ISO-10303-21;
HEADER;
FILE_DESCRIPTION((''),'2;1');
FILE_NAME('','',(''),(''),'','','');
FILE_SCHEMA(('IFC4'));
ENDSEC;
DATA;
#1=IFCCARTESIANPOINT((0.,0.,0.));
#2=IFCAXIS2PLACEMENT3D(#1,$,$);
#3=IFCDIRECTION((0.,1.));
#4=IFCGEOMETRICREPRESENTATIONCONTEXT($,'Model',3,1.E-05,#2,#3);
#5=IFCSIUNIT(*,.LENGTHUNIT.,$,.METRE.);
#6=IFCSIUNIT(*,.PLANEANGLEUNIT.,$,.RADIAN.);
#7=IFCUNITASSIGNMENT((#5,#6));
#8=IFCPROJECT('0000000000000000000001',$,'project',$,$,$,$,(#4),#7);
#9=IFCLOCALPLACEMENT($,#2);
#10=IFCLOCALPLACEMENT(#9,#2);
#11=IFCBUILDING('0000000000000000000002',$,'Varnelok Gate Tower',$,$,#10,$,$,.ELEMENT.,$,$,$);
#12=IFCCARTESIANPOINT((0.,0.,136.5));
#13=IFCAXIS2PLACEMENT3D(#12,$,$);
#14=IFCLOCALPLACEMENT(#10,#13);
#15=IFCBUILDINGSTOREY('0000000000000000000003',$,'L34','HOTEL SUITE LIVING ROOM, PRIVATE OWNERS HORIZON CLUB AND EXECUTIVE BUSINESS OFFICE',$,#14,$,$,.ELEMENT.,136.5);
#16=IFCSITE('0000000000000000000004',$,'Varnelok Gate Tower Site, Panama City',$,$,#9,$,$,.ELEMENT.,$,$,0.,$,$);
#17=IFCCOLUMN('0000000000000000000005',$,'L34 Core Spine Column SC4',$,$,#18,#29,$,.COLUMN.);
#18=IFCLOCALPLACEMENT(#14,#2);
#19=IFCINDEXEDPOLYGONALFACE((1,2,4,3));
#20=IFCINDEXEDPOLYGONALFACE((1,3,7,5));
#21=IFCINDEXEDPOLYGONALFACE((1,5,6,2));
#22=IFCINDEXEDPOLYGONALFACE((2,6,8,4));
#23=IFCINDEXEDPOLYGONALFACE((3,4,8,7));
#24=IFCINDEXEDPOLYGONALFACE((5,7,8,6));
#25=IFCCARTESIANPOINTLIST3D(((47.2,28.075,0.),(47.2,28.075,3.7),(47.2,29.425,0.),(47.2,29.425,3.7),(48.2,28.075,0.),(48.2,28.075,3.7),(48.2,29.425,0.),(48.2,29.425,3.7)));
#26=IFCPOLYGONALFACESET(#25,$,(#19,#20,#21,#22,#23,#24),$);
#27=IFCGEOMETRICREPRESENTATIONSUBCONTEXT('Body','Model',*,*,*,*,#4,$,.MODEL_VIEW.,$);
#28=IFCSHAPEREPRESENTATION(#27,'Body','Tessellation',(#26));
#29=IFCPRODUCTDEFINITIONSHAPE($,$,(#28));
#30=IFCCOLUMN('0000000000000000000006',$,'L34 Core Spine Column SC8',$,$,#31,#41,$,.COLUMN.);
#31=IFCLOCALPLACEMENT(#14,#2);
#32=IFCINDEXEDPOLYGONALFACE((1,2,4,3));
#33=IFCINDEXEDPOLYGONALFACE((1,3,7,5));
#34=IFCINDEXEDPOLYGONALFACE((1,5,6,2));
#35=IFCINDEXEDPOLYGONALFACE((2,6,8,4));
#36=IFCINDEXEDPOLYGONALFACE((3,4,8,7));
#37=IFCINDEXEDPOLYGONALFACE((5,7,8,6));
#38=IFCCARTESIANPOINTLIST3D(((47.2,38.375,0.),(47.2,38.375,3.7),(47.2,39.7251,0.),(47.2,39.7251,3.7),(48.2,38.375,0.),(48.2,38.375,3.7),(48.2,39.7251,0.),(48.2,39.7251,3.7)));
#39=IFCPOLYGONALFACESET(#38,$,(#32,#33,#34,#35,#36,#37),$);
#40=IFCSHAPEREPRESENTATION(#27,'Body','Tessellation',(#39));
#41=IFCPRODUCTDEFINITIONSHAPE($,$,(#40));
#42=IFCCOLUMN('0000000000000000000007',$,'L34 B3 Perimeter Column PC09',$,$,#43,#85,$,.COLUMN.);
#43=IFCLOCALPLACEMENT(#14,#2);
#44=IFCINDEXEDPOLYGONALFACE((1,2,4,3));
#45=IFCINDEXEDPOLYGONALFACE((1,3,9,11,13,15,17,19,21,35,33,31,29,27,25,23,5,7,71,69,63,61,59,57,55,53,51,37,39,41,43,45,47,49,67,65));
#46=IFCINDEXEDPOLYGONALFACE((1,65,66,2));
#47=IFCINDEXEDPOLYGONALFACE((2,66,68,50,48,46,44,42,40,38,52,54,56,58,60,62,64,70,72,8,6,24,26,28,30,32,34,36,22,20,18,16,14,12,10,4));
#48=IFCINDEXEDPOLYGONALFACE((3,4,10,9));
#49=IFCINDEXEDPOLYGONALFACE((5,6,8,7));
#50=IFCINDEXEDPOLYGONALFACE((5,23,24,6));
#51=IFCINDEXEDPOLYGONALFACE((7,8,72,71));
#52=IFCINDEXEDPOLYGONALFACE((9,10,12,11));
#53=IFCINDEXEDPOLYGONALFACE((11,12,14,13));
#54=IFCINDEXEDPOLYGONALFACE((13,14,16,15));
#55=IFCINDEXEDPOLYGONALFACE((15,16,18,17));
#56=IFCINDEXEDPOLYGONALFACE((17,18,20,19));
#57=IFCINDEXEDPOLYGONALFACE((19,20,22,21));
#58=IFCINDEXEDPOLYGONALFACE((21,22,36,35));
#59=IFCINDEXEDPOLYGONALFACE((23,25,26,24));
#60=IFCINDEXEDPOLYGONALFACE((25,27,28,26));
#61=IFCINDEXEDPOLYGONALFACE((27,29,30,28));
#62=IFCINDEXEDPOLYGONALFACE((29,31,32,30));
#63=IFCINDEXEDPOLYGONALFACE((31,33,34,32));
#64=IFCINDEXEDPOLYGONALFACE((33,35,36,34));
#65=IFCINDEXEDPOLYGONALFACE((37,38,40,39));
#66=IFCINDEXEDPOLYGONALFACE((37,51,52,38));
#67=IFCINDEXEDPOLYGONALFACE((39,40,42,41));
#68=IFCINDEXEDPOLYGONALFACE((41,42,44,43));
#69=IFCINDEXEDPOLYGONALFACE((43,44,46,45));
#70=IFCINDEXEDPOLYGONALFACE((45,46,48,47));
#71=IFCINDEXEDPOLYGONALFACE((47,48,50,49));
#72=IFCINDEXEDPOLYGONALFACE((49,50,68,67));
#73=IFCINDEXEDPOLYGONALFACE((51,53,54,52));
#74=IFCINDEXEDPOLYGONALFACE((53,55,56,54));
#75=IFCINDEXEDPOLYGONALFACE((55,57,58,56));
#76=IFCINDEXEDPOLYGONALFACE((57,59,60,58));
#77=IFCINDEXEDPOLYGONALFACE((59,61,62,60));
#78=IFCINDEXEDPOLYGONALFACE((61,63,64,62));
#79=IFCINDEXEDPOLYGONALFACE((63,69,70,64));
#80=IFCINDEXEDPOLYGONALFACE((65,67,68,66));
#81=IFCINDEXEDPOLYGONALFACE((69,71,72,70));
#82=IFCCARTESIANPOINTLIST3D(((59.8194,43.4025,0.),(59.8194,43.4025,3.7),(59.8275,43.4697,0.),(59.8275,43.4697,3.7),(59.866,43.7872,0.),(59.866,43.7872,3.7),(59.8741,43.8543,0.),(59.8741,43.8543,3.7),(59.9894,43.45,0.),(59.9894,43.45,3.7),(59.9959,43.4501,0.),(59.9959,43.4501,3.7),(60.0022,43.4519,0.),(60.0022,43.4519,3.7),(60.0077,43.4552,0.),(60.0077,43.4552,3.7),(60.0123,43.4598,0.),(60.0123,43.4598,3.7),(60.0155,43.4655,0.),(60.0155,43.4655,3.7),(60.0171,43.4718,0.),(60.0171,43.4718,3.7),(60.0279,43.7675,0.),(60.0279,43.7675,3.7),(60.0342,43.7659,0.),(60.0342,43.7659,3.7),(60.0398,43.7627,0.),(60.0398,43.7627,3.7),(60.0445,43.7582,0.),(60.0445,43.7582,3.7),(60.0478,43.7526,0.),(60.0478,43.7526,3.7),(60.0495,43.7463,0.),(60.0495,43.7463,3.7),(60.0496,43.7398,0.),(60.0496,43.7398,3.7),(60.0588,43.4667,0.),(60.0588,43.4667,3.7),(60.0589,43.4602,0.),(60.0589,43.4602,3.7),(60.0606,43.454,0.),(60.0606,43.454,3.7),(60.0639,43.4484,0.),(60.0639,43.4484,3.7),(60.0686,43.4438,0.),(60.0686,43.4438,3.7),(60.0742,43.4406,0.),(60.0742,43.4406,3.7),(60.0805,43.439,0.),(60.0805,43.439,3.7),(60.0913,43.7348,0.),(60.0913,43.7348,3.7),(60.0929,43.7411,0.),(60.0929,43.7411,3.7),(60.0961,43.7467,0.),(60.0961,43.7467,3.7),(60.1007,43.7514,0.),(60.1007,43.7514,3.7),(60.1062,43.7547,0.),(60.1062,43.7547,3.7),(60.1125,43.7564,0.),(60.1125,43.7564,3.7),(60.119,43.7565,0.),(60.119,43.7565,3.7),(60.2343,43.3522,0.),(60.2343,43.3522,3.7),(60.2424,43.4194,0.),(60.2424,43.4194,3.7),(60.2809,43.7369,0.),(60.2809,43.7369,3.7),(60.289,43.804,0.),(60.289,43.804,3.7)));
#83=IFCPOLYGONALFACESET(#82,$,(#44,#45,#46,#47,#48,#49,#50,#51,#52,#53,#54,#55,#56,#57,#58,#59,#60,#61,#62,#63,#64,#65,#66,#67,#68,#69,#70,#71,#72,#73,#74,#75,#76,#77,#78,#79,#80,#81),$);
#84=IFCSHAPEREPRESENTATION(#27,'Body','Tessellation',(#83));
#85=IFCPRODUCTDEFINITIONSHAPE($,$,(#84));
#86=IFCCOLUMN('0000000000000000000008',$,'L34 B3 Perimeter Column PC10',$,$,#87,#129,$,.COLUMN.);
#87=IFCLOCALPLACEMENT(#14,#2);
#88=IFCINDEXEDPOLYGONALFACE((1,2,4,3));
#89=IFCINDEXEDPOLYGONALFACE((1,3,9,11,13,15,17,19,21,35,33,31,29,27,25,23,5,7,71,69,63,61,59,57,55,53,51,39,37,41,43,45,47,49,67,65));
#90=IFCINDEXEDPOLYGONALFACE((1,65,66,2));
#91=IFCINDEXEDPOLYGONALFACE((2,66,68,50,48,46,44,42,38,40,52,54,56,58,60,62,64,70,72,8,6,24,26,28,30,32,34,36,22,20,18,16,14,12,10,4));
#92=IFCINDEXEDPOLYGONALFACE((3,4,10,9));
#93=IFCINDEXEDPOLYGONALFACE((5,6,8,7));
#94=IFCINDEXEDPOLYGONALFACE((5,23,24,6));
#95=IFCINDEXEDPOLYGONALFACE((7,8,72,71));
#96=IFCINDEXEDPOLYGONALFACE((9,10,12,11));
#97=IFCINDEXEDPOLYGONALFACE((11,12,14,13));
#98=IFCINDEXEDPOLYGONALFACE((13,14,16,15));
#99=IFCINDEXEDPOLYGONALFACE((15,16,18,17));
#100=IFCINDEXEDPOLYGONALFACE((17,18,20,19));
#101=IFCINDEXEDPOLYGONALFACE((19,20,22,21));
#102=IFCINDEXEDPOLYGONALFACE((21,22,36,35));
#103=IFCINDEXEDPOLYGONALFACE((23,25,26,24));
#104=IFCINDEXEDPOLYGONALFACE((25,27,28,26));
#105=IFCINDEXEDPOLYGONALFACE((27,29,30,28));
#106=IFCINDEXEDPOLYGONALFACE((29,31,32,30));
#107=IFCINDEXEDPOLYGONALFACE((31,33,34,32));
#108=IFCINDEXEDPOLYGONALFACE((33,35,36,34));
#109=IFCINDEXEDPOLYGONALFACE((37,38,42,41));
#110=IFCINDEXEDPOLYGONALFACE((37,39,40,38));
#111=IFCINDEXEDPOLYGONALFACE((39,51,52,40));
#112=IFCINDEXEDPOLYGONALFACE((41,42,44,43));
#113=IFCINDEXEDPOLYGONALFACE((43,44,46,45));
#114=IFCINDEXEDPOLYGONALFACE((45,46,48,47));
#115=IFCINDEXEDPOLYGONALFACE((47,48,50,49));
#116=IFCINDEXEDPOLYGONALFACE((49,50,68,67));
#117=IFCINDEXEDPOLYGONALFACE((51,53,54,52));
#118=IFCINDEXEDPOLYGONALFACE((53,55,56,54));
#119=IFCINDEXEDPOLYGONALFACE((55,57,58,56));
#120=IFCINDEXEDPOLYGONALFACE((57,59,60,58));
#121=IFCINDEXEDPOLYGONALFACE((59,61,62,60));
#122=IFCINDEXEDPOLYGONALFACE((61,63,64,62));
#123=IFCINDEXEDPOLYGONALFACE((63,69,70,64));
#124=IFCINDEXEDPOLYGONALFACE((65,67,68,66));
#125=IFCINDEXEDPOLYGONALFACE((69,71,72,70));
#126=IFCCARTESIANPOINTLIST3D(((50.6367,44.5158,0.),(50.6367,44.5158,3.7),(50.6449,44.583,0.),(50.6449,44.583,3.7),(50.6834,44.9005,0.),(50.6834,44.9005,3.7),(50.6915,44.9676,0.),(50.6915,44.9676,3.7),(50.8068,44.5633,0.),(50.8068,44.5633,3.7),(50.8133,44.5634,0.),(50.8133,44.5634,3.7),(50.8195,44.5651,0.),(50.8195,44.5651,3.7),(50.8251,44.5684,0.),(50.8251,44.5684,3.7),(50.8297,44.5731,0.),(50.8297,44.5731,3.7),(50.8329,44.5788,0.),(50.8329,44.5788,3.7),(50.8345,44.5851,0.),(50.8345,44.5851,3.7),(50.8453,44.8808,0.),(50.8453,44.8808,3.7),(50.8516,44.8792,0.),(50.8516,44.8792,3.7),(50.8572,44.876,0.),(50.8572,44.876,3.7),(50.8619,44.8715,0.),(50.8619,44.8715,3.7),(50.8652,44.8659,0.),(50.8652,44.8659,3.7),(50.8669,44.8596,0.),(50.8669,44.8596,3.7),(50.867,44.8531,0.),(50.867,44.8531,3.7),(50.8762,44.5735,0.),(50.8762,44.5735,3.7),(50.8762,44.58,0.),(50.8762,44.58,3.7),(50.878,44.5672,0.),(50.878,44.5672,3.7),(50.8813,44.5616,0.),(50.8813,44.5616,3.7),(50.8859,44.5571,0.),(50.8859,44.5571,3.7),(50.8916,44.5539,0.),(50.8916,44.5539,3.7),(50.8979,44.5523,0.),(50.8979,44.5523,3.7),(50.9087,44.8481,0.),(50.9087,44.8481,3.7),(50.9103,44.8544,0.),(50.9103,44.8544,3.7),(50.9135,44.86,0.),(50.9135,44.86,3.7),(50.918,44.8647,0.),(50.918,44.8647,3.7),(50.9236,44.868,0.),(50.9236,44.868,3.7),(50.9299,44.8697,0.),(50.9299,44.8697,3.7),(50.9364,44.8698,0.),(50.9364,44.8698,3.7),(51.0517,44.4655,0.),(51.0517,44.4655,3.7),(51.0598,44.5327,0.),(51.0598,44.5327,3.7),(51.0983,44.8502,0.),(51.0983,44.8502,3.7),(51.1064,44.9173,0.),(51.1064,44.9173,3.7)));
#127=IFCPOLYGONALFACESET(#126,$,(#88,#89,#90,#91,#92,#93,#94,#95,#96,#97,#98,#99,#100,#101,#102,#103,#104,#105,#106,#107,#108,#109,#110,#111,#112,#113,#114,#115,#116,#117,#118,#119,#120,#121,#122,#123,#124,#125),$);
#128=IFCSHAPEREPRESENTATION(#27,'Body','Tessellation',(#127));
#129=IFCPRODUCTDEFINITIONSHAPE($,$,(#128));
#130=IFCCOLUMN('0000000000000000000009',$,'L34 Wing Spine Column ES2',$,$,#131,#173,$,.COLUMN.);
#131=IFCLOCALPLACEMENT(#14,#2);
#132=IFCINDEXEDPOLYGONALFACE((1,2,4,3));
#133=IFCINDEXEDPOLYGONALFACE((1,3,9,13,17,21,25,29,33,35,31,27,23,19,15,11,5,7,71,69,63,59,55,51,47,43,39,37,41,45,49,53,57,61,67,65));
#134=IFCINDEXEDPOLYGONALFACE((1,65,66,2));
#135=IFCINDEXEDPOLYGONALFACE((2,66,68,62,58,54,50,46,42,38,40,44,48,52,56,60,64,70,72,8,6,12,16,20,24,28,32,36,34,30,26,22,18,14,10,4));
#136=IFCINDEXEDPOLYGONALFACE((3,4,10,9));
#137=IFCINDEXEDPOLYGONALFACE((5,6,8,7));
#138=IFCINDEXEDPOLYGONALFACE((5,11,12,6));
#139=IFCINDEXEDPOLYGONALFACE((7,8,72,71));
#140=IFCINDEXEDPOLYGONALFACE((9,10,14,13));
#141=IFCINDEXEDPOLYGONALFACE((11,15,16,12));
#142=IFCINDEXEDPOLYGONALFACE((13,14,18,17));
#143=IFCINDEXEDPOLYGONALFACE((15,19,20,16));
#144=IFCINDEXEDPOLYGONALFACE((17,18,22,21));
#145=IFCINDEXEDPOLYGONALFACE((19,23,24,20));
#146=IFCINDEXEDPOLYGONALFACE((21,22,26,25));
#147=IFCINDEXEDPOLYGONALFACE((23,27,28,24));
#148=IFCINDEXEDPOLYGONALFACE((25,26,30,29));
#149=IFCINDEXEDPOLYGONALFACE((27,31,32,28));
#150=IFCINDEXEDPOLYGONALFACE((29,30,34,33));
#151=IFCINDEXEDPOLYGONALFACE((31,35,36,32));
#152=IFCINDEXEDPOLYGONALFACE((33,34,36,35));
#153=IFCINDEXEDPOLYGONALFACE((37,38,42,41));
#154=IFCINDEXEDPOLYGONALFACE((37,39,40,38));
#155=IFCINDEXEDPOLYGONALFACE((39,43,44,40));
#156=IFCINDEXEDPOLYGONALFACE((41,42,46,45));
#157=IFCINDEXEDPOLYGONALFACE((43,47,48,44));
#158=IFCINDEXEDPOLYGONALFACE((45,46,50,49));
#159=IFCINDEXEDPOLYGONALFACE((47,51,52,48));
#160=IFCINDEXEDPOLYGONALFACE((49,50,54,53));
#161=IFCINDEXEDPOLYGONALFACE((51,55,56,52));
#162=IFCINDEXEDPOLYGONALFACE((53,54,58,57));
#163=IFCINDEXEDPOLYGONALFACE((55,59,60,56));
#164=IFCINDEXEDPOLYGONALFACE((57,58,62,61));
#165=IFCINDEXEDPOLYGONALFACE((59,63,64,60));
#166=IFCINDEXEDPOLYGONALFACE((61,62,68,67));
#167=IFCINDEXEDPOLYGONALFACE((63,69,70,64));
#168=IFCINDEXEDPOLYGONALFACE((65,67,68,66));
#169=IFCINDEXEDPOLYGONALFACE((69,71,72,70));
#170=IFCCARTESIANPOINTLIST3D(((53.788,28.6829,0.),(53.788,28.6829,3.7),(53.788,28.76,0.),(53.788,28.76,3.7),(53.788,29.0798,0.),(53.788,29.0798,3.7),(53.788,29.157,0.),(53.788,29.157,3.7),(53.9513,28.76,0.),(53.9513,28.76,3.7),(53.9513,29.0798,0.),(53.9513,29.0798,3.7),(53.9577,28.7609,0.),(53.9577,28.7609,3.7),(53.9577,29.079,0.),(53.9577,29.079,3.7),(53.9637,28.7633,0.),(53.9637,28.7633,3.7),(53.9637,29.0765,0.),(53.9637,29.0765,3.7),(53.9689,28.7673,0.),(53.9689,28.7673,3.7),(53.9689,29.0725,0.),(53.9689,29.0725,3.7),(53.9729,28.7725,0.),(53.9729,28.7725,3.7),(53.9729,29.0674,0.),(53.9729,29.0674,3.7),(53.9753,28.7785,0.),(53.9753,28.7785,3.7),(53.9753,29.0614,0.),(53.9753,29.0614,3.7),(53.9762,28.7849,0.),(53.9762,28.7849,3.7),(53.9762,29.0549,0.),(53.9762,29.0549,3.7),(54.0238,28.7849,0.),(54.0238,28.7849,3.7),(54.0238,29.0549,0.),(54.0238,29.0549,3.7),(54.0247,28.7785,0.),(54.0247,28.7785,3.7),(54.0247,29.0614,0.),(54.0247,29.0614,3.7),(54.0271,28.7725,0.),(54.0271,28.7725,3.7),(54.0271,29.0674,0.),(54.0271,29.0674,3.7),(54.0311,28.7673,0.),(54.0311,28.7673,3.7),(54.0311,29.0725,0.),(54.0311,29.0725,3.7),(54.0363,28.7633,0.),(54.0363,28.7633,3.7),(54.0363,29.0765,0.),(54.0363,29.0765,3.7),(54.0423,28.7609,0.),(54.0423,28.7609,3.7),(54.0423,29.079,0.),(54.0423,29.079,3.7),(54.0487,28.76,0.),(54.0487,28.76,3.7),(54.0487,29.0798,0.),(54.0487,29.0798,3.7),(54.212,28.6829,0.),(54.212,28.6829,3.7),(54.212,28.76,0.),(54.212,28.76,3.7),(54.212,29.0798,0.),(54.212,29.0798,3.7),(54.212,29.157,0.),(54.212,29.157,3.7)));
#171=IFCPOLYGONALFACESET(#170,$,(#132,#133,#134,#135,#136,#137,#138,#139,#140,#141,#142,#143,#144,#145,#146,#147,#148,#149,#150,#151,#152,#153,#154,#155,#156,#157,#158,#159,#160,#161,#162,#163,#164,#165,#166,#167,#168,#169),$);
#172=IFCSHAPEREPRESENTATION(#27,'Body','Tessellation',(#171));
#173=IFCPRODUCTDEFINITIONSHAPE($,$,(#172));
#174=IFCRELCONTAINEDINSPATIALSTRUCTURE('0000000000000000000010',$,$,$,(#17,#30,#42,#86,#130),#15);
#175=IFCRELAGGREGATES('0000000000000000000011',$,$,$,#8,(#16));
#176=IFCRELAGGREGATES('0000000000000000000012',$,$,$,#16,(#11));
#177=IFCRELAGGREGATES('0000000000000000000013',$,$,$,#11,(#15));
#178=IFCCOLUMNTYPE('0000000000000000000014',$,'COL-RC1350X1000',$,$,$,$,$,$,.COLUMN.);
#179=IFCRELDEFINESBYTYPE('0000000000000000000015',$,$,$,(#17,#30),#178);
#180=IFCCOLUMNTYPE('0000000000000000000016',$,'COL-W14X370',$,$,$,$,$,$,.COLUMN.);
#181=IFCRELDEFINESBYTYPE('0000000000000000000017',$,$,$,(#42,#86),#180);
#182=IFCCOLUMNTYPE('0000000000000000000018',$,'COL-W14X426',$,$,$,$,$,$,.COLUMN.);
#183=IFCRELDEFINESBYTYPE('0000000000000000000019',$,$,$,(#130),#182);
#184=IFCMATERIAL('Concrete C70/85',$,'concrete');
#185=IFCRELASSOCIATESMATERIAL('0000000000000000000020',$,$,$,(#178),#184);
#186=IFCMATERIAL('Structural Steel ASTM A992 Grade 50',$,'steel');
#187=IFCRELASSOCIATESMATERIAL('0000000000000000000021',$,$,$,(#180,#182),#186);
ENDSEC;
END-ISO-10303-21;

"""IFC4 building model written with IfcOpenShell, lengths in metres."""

from ifc_helpers import new_model, si_unit, direction, frame, origin, origin_2d, place, context, subcontext, project, spatial, rectangle, i_section, extrude, material, material_profile, profile_set, type_object, element, save


model = new_model("IFC4")

# Units and contexts
model_context = context("Model", 3, precision=1e-05, world=origin(), true_north=direction((0.0, 1.0)))
body_context = subcontext(model_context, "Body", "Model", "MODEL_VIEW")
ifc_project = project(units=[si_unit("LENGTHUNIT", "METRE"), si_unit("PLANEANGLEUNIT", "RADIAN")], contexts=[model_context])

# Site, building, storey
site_placement = place(None, origin())
site = spatial("IfcSite", under=ifc_project, at=site_placement, Name="Varnelok Gate Tower Site, Panama City", CompositionType="ELEMENT", RefElevation=0.0)
building_placement = place(site_placement, origin())
building = spatial("IfcBuilding", under=site, at=building_placement, Name="Varnelok Gate Tower", CompositionType="ELEMENT")
storey_placement = place(building_placement, frame((0.0, 0.0, 136.5)))
storey = spatial("IfcBuildingStorey", under=building, at=storey_placement, Name="L34", Description="HOTEL SUITE LIVING ROOM, PRIVATE OWNERS HORIZON CLUB AND EXECUTIVE BUSINESS OFFICE", CompositionType="ELEMENT", Elevation=136.5)

# Columns
ifc_material_1 = material(Name="Concrete C70/85", Category="concrete")
ifc_material_profile_1 = material_profile(ifc_material_1, rectangle(XDim=1.0, YDim=1.3501, at=origin_2d()), Name="RC1350X1000")
ifc_profile_set_1 = profile_set([ifc_material_profile_1], Name="Concrete C70/85")
column_type_1 = type_object("IfcColumnType", Name="COL-RC1350X1000", PredefinedType="COLUMN", material=ifc_profile_set_1)
for number, where, z_axis, x_axis, name in (
    (1, (47.7, 28.75, 0.0), (0.0, 0.0, 1.0), (1.0, 0.0, 0.0), "L34 Core Spine Column SC4"),
    (2, (47.7, 39.05, 0.0), (0.0, 0.0, 1.0), (1.0, 0.0, 0.0), "L34 Core Spine Column SC8"),
):
    element("IfcColumn", number, at=place(storey_placement, frame(where, z_axis=z_axis, x_axis=x_axis)), inside=storey, type_object=column_type_1, Name=name, PredefinedType="COLUMN", context=body_context, shape_type="SweptSolid", body=[
        extrude(rectangle(XDim=1.0, YDim=1.3501, at=origin_2d()), origin(), (0.0, 0.0, 1.0), 3.7),
    ])
ifc_material_2 = material(Name="Structural Steel ASTM A992 Grade 50", Category="steel")
ifc_material_profile_2 = material_profile(ifc_material_2, i_section(OverallWidth=0.418, OverallDepth=0.4551, WebThickness=0.042, FlangeThickness=0.0676, FilletRadius=0.0249, at=origin_2d()), Name="W14X370")
ifc_profile_set_2 = profile_set([ifc_material_profile_2], Name="Structural Steel ASTM A992 Grade 50")
column_type_2 = type_object("IfcColumnType", Name="COL-W14X370", PredefinedType="COLUMN", material=ifc_profile_set_2)
for number, where, z_axis, x_axis, name in (
    (3, (60.0542, 43.6033, 0.0), (0.0, 0.0, 1.0), (0.992732, -0.120345, 0.0), "L34 B3 Perimeter Column PC09"),
    (4, (50.8716, 44.7166, 0.0), (0.0, 0.0, 1.0), (0.992732, -0.120345, 0.0), "L34 B3 Perimeter Column PC10"),
):
    element("IfcColumn", number, at=place(storey_placement, frame(where, z_axis=z_axis, x_axis=x_axis)), inside=storey, type_object=column_type_2, Name=name, PredefinedType="COLUMN", context=body_context, shape_type="SweptSolid", body=[
        extrude(i_section(OverallWidth=0.418, OverallDepth=0.4551, WebThickness=0.042, FlangeThickness=0.0676, FilletRadius=0.0249, at=origin_2d()), origin(), (0.0, 0.0, 1.0), 3.7),
    ])
ifc_material_profile_3 = material_profile(ifc_material_2, i_section(OverallWidth=0.4241, OverallDepth=0.4741, WebThickness=0.0476, FlangeThickness=0.0771, FilletRadius=0.0249, at=origin_2d()), Name="W14X426")
ifc_profile_set_3 = profile_set([ifc_material_profile_3], Name="Structural Steel ASTM A992 Grade 50")
column_type_3 = type_object("IfcColumnType", Name="COL-W14X426", PredefinedType="COLUMN", material=ifc_profile_set_3)
column_placement = place(storey_placement, frame((54.0, 28.9199, 0.0), z_axis=(0.0, 0.0, 1.0), x_axis=(1.0, 0.0, 0.0)))
element("IfcColumn", 5, at=column_placement, inside=storey, type_object=column_type_3, Name="L34 Wing Spine Column ES2", PredefinedType="COLUMN", context=body_context, shape_type="SweptSolid", body=[
    extrude(i_section(OverallWidth=0.4241, OverallDepth=0.4741, WebThickness=0.0476, FlangeThickness=0.0771, FilletRadius=0.0249, at=origin_2d()), origin(), (0.0, 0.0, 1.0), 3.7),
])

save(model, "model.ifc")
